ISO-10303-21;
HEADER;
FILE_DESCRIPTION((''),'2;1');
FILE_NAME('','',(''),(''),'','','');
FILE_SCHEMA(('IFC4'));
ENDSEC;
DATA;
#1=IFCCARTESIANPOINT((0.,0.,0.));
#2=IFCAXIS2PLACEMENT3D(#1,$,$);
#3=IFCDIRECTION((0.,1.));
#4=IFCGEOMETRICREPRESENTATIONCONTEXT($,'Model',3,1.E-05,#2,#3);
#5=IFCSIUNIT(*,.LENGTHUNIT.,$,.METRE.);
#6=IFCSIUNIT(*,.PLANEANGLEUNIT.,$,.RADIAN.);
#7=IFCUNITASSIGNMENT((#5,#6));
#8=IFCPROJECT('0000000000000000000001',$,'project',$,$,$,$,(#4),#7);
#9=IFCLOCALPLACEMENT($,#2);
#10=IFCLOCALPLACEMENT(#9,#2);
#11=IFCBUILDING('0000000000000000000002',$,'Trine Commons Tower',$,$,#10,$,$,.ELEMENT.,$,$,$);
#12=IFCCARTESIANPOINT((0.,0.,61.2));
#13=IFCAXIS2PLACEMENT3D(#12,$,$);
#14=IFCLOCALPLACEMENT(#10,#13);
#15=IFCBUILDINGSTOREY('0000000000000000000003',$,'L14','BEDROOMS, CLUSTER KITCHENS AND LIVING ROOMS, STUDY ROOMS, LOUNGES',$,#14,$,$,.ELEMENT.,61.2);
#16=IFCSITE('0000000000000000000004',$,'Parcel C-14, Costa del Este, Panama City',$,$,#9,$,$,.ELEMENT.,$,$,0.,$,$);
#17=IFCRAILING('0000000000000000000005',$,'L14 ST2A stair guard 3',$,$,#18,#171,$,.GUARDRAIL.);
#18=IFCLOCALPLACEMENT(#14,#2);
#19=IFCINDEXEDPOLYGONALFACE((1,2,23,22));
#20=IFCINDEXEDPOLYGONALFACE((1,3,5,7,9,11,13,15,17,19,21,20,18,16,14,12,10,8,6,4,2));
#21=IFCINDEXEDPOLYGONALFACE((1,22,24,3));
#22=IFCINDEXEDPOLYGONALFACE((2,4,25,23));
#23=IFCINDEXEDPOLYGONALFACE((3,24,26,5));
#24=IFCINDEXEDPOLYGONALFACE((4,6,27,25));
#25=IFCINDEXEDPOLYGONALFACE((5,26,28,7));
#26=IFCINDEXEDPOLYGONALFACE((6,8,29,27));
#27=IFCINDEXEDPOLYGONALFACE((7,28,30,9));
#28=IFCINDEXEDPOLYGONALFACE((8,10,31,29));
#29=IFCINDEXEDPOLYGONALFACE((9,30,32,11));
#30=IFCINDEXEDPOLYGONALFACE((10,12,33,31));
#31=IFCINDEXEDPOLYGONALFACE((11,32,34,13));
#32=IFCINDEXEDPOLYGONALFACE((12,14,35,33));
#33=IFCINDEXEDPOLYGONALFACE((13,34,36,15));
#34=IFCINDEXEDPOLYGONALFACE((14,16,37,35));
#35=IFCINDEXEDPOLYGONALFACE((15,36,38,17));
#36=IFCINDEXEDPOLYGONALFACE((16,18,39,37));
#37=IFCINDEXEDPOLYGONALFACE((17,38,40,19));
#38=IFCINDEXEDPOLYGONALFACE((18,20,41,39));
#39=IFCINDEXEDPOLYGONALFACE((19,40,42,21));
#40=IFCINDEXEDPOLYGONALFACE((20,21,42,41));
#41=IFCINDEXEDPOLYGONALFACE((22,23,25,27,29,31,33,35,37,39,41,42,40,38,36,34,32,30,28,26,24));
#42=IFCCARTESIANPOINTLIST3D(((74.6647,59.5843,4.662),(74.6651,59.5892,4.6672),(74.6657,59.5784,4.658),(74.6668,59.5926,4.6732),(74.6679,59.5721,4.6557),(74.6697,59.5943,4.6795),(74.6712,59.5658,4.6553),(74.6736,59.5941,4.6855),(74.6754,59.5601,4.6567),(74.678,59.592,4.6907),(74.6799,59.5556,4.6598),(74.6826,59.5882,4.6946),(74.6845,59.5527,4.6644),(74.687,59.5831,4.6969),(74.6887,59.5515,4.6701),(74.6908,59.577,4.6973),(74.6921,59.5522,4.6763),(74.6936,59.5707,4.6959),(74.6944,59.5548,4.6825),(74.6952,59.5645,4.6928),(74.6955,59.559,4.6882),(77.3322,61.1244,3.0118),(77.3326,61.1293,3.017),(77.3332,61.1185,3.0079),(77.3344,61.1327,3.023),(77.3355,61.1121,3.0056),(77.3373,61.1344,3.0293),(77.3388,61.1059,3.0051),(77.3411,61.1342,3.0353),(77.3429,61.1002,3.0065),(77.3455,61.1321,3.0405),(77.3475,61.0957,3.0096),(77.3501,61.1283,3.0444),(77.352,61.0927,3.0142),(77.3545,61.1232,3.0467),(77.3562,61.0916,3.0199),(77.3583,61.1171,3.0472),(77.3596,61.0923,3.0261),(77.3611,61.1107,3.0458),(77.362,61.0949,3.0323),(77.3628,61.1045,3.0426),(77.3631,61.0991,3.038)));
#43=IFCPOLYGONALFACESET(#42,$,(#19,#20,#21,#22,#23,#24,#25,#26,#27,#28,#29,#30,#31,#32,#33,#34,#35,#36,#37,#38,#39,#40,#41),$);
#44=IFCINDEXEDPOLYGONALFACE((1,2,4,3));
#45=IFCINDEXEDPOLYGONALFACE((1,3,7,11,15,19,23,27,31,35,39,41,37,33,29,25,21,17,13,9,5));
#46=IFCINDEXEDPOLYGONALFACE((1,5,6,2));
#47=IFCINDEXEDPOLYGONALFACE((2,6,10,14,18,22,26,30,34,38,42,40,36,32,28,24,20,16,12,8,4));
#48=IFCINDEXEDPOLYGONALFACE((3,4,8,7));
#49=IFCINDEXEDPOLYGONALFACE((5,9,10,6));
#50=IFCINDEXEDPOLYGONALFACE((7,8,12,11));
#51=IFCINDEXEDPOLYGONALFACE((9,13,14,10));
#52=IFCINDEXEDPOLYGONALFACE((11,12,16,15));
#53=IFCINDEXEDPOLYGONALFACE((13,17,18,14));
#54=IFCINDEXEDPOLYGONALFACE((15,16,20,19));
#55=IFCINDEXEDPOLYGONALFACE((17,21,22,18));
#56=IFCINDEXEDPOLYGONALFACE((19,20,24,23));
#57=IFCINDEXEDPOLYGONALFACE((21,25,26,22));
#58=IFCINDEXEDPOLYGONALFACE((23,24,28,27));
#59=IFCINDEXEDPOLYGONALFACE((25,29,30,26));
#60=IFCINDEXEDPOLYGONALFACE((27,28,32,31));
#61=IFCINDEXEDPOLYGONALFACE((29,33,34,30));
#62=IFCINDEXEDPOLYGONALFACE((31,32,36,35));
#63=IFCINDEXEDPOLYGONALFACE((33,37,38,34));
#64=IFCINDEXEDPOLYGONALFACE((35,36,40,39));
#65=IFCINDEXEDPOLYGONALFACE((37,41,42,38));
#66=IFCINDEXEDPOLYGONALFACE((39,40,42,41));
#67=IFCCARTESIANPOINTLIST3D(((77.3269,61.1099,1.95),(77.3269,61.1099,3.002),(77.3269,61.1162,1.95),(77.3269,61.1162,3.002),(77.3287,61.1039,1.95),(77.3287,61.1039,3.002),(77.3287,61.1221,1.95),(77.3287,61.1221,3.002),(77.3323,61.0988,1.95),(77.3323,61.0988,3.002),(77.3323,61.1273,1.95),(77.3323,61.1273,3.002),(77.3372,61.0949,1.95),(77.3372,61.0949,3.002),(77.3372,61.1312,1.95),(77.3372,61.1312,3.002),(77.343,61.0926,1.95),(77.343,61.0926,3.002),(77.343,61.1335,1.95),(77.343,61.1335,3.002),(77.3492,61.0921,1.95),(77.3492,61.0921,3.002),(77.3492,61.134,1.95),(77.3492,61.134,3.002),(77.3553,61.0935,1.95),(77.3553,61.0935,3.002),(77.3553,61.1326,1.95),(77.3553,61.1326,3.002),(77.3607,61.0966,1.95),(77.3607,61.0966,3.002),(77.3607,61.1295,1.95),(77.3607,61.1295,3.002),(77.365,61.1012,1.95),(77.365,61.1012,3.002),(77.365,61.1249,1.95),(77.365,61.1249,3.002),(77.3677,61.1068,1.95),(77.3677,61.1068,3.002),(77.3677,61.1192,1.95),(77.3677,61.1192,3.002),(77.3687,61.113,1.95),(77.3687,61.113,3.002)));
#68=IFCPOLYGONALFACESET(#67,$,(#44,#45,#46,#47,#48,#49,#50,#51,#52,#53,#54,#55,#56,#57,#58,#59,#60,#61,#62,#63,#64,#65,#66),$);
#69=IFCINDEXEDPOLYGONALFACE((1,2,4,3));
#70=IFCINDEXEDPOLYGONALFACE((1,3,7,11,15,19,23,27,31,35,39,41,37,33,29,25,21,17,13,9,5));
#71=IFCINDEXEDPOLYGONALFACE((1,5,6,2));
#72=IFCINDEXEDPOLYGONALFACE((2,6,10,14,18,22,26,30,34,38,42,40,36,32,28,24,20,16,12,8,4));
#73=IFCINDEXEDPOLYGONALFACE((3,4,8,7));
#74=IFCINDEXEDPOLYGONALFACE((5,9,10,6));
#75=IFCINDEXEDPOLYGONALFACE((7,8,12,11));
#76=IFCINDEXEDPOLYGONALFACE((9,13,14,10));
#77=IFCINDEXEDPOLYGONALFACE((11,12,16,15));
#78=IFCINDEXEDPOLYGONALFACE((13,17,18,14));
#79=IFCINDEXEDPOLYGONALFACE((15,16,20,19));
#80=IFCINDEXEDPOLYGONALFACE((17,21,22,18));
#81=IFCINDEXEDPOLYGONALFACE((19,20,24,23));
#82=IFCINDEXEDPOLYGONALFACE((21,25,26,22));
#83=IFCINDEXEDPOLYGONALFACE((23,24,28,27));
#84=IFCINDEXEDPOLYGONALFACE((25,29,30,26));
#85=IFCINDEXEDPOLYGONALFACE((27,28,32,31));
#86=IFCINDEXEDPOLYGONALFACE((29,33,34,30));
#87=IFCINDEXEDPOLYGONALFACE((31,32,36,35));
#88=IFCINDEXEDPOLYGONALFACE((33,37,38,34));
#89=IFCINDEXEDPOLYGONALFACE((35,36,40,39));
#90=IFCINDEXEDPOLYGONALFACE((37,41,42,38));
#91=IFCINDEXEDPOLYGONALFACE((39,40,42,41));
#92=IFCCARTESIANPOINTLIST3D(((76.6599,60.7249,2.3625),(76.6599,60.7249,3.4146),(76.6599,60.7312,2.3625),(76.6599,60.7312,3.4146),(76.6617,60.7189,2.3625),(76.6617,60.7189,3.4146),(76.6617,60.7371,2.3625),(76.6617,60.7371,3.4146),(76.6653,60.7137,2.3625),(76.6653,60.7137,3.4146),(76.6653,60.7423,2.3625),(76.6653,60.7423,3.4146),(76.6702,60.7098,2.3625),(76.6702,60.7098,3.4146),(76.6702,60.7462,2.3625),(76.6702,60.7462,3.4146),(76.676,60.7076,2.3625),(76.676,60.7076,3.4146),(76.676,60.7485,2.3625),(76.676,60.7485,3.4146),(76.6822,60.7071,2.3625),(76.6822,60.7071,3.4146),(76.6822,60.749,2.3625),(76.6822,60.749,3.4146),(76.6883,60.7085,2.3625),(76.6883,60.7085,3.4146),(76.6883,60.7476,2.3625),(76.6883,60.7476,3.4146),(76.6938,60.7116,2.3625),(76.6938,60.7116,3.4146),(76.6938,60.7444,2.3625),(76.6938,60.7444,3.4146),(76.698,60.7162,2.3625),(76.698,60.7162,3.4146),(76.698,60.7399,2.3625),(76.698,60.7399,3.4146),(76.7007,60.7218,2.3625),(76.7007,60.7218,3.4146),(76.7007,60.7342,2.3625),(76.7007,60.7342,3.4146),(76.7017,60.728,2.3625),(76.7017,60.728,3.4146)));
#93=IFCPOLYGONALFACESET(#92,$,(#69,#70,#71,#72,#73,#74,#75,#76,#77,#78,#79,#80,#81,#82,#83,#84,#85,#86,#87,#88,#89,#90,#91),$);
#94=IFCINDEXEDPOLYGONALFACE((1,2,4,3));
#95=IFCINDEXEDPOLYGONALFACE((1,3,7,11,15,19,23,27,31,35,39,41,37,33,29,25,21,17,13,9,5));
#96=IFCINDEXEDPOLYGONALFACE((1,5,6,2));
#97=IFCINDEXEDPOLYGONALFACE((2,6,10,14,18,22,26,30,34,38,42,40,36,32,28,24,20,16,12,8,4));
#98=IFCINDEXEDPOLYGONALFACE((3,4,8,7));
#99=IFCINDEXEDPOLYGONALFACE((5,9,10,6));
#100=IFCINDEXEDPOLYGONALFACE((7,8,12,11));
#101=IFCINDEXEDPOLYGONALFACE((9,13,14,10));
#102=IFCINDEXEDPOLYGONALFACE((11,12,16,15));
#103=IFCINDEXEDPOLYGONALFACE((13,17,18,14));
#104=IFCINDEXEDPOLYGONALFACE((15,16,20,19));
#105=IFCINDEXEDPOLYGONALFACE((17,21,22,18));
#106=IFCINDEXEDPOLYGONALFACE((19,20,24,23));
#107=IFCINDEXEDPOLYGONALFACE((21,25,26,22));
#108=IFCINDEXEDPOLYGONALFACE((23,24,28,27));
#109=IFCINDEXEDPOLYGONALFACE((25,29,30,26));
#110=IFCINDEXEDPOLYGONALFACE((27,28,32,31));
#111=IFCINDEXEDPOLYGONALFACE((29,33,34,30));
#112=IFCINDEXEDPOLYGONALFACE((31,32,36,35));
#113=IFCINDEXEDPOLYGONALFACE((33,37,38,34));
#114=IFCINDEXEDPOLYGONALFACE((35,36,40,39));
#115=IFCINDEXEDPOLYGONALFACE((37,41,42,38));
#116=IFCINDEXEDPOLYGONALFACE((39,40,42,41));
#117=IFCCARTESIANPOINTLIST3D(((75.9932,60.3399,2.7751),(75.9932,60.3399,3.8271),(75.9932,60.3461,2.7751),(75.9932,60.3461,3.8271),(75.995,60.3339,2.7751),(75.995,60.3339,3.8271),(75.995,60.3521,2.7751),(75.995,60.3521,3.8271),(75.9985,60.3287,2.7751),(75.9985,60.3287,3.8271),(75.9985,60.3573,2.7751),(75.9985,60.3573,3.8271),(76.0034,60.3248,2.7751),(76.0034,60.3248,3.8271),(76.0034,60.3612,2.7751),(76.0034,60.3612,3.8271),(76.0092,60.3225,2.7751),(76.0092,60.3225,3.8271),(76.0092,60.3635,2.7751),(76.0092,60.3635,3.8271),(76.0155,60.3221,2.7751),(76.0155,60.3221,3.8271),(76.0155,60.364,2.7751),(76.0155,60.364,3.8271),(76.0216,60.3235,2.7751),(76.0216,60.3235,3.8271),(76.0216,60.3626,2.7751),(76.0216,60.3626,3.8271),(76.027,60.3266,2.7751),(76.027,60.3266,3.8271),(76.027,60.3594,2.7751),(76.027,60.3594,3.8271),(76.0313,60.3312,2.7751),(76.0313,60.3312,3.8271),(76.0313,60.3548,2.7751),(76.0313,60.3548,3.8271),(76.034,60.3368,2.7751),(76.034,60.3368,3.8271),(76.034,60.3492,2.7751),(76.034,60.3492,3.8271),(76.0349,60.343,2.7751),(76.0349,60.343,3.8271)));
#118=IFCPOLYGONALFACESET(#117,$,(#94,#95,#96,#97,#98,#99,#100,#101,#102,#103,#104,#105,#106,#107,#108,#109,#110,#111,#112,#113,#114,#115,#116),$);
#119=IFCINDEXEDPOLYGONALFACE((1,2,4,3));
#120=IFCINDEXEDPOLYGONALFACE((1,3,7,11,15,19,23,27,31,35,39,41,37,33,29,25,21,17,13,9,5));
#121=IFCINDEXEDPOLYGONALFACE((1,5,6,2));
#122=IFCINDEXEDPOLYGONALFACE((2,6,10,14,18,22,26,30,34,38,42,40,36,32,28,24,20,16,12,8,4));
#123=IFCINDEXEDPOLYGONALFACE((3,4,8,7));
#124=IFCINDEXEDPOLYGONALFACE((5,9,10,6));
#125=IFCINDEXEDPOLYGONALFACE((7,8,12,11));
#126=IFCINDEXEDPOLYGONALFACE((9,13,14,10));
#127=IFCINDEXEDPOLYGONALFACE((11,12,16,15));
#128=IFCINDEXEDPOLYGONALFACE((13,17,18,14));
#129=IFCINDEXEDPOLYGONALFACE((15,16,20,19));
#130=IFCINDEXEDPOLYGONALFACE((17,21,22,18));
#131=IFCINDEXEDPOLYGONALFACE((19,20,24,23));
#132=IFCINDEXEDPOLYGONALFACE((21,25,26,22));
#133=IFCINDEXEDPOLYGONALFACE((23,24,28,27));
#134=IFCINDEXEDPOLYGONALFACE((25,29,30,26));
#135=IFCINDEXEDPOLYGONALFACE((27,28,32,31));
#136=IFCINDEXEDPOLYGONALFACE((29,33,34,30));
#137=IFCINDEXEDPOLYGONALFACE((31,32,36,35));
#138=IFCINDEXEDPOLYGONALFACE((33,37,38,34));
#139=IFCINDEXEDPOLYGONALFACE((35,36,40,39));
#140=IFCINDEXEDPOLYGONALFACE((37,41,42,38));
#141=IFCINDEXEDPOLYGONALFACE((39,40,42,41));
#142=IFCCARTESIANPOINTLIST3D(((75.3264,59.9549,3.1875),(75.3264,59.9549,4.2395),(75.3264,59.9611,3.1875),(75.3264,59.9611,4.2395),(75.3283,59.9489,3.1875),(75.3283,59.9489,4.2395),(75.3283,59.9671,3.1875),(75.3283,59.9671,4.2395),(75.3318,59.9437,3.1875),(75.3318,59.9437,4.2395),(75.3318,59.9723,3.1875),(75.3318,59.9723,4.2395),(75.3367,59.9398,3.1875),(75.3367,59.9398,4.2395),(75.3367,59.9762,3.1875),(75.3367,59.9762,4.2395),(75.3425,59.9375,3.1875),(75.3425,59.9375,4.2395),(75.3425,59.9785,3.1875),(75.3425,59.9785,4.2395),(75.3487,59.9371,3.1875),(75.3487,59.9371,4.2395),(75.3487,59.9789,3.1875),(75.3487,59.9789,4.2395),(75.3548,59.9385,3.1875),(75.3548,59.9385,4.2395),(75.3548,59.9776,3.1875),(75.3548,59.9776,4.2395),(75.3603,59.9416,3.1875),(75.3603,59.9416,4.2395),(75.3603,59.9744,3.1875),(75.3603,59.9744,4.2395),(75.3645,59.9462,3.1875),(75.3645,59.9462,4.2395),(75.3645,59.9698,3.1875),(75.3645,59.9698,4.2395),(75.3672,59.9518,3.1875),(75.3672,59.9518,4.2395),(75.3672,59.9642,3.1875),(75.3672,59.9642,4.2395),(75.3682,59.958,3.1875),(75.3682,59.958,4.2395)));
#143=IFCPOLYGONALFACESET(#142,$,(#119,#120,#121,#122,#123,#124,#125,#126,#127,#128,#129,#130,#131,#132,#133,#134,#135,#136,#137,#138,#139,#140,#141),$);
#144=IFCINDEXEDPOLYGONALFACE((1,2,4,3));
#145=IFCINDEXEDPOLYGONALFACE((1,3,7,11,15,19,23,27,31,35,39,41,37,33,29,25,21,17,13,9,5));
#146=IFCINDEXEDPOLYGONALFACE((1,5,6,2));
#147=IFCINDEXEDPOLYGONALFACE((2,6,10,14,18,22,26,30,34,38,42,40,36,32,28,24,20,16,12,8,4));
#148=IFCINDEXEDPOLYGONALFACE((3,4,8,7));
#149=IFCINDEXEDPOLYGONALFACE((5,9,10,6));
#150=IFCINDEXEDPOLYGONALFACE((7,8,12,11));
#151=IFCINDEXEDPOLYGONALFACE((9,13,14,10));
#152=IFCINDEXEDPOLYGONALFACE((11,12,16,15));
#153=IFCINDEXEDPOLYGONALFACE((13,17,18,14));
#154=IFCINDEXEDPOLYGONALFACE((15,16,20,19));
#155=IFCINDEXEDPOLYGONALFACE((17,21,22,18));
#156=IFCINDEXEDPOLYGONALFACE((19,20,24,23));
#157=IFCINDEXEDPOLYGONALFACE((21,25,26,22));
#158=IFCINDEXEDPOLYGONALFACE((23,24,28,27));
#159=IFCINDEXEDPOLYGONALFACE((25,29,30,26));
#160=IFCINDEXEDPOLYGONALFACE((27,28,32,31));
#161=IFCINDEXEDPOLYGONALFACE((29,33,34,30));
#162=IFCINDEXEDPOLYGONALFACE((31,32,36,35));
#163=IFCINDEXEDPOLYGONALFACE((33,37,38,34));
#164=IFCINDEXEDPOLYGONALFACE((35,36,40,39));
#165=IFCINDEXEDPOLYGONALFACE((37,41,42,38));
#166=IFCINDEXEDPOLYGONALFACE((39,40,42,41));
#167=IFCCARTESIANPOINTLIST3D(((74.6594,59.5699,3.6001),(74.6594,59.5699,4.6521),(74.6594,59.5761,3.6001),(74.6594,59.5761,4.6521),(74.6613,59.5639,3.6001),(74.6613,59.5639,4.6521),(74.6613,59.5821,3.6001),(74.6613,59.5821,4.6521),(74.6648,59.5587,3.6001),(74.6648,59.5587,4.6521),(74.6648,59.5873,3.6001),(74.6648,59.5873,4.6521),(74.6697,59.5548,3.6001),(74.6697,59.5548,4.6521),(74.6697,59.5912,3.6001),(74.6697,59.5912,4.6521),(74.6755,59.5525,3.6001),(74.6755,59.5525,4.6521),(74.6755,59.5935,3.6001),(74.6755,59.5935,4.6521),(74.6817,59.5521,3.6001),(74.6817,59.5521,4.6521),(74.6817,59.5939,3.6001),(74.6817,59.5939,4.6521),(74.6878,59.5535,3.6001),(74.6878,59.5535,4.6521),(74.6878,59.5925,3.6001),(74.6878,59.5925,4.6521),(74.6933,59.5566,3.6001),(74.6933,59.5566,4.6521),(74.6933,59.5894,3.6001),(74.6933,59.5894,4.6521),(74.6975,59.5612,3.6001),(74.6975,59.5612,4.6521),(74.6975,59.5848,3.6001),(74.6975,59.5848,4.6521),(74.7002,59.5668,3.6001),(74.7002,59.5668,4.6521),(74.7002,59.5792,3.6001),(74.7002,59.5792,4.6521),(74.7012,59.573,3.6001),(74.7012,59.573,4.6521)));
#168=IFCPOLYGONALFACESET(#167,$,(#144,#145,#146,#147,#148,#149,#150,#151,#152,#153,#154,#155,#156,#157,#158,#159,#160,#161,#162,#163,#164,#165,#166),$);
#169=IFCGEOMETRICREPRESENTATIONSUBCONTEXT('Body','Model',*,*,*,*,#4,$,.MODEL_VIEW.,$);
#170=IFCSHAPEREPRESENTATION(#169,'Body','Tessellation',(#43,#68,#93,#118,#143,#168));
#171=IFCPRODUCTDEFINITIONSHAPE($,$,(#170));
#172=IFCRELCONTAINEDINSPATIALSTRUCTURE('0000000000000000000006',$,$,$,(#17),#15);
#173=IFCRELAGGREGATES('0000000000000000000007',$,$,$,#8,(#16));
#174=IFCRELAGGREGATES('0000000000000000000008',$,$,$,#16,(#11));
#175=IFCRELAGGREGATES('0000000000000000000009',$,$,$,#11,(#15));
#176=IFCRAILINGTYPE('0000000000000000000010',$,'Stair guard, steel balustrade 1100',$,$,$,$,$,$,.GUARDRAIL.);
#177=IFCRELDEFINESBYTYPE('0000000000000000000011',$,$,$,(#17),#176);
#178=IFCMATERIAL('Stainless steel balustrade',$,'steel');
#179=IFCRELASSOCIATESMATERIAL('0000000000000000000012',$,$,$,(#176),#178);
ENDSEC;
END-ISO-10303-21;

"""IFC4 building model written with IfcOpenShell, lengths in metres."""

from ifc_helpers import new_model, si_unit, direction, frame, origin, origin_2d, place, context, subcontext, project, spatial, circle, extrude, material, type_object, element, save


model = new_model("IFC4")

# Units and contexts
model_context = context("Model", 3, precision=1e-05, world=origin(), true_north=direction((0.0, 1.0)))
body_context = subcontext(model_context, "Body", "Model", "MODEL_VIEW")
ifc_project = project(units=[si_unit("LENGTHUNIT", "METRE"), si_unit("PLANEANGLEUNIT", "RADIAN")], contexts=[model_context])

# Site, building, storey
site_placement = place(None, origin())
site = spatial("IfcSite", under=ifc_project, at=site_placement, Name="Parcel C-14, Costa del Este, Panama City", CompositionType="ELEMENT", RefElevation=0.0)
building_placement = place(site_placement, origin())
building = spatial("IfcBuilding", under=site, at=building_placement, Name="Trine Commons Tower", CompositionType="ELEMENT")
storey_placement = place(building_placement, frame((0.0, 0.0, 61.2)))
storey = spatial("IfcBuildingStorey", under=building, at=storey_placement, Name="L14", Description="BEDROOMS, CLUSTER KITCHENS AND LIVING ROOMS, STUDY ROOMS, LOUNGES", CompositionType="ELEMENT", Elevation=61.2)

# Railing
ifc_material_1 = material(Name="Stainless steel balustrade", Category="steel")
railing_type_1 = type_object("IfcRailingType", Name="Stair guard, steel balustrade 1100", PredefinedType="GUARDRAIL", material=ifc_material_1)
railing_1_placement = place(storey_placement, frame((77.3477, 61.113, 1.95)))
element("IfcRailing", 1, at=railing_1_placement, inside=storey, type_object=railing_type_1, Name="L14 ST2A stair guard 3", PredefinedType="GUARDRAIL", context=body_context, shape_type="SweptSolid", body=[
    extrude(circle(Radius=0.0239, at=origin_2d()), frame((0.0, 0.0, 1.0762), z_axis=(-0.76338, -0.440728, 0.472239), x_axis=(0.499992, -0.86603, 0.0)), (0.0, 0.0, 1.0), 3.4944),
    extrude(circle(Radius=0.021, at=origin_2d()), origin(), (0.0, 0.0, 1.0), 1.052),
    extrude(circle(Radius=0.021, at=origin_2d()), frame((-0.667, -0.385, 0.4126)), (0.0, 0.0, 1.0), 1.052),
    extrude(circle(Radius=0.021, at=origin_2d()), frame((-1.3337, -0.77, 0.8252)), (0.0, 0.0, 1.0), 1.052),
    extrude(circle(Radius=0.021, at=origin_2d()), frame((-2.0005, -1.155, 1.2375)), (0.0, 0.0, 1.0), 1.052),
    extrude(circle(Radius=0.021, at=origin_2d()), frame((-2.6675, -1.54, 1.6501)), (0.0, 0.0, 1.0), 1.052),
])

save(model, "model.ifc")
